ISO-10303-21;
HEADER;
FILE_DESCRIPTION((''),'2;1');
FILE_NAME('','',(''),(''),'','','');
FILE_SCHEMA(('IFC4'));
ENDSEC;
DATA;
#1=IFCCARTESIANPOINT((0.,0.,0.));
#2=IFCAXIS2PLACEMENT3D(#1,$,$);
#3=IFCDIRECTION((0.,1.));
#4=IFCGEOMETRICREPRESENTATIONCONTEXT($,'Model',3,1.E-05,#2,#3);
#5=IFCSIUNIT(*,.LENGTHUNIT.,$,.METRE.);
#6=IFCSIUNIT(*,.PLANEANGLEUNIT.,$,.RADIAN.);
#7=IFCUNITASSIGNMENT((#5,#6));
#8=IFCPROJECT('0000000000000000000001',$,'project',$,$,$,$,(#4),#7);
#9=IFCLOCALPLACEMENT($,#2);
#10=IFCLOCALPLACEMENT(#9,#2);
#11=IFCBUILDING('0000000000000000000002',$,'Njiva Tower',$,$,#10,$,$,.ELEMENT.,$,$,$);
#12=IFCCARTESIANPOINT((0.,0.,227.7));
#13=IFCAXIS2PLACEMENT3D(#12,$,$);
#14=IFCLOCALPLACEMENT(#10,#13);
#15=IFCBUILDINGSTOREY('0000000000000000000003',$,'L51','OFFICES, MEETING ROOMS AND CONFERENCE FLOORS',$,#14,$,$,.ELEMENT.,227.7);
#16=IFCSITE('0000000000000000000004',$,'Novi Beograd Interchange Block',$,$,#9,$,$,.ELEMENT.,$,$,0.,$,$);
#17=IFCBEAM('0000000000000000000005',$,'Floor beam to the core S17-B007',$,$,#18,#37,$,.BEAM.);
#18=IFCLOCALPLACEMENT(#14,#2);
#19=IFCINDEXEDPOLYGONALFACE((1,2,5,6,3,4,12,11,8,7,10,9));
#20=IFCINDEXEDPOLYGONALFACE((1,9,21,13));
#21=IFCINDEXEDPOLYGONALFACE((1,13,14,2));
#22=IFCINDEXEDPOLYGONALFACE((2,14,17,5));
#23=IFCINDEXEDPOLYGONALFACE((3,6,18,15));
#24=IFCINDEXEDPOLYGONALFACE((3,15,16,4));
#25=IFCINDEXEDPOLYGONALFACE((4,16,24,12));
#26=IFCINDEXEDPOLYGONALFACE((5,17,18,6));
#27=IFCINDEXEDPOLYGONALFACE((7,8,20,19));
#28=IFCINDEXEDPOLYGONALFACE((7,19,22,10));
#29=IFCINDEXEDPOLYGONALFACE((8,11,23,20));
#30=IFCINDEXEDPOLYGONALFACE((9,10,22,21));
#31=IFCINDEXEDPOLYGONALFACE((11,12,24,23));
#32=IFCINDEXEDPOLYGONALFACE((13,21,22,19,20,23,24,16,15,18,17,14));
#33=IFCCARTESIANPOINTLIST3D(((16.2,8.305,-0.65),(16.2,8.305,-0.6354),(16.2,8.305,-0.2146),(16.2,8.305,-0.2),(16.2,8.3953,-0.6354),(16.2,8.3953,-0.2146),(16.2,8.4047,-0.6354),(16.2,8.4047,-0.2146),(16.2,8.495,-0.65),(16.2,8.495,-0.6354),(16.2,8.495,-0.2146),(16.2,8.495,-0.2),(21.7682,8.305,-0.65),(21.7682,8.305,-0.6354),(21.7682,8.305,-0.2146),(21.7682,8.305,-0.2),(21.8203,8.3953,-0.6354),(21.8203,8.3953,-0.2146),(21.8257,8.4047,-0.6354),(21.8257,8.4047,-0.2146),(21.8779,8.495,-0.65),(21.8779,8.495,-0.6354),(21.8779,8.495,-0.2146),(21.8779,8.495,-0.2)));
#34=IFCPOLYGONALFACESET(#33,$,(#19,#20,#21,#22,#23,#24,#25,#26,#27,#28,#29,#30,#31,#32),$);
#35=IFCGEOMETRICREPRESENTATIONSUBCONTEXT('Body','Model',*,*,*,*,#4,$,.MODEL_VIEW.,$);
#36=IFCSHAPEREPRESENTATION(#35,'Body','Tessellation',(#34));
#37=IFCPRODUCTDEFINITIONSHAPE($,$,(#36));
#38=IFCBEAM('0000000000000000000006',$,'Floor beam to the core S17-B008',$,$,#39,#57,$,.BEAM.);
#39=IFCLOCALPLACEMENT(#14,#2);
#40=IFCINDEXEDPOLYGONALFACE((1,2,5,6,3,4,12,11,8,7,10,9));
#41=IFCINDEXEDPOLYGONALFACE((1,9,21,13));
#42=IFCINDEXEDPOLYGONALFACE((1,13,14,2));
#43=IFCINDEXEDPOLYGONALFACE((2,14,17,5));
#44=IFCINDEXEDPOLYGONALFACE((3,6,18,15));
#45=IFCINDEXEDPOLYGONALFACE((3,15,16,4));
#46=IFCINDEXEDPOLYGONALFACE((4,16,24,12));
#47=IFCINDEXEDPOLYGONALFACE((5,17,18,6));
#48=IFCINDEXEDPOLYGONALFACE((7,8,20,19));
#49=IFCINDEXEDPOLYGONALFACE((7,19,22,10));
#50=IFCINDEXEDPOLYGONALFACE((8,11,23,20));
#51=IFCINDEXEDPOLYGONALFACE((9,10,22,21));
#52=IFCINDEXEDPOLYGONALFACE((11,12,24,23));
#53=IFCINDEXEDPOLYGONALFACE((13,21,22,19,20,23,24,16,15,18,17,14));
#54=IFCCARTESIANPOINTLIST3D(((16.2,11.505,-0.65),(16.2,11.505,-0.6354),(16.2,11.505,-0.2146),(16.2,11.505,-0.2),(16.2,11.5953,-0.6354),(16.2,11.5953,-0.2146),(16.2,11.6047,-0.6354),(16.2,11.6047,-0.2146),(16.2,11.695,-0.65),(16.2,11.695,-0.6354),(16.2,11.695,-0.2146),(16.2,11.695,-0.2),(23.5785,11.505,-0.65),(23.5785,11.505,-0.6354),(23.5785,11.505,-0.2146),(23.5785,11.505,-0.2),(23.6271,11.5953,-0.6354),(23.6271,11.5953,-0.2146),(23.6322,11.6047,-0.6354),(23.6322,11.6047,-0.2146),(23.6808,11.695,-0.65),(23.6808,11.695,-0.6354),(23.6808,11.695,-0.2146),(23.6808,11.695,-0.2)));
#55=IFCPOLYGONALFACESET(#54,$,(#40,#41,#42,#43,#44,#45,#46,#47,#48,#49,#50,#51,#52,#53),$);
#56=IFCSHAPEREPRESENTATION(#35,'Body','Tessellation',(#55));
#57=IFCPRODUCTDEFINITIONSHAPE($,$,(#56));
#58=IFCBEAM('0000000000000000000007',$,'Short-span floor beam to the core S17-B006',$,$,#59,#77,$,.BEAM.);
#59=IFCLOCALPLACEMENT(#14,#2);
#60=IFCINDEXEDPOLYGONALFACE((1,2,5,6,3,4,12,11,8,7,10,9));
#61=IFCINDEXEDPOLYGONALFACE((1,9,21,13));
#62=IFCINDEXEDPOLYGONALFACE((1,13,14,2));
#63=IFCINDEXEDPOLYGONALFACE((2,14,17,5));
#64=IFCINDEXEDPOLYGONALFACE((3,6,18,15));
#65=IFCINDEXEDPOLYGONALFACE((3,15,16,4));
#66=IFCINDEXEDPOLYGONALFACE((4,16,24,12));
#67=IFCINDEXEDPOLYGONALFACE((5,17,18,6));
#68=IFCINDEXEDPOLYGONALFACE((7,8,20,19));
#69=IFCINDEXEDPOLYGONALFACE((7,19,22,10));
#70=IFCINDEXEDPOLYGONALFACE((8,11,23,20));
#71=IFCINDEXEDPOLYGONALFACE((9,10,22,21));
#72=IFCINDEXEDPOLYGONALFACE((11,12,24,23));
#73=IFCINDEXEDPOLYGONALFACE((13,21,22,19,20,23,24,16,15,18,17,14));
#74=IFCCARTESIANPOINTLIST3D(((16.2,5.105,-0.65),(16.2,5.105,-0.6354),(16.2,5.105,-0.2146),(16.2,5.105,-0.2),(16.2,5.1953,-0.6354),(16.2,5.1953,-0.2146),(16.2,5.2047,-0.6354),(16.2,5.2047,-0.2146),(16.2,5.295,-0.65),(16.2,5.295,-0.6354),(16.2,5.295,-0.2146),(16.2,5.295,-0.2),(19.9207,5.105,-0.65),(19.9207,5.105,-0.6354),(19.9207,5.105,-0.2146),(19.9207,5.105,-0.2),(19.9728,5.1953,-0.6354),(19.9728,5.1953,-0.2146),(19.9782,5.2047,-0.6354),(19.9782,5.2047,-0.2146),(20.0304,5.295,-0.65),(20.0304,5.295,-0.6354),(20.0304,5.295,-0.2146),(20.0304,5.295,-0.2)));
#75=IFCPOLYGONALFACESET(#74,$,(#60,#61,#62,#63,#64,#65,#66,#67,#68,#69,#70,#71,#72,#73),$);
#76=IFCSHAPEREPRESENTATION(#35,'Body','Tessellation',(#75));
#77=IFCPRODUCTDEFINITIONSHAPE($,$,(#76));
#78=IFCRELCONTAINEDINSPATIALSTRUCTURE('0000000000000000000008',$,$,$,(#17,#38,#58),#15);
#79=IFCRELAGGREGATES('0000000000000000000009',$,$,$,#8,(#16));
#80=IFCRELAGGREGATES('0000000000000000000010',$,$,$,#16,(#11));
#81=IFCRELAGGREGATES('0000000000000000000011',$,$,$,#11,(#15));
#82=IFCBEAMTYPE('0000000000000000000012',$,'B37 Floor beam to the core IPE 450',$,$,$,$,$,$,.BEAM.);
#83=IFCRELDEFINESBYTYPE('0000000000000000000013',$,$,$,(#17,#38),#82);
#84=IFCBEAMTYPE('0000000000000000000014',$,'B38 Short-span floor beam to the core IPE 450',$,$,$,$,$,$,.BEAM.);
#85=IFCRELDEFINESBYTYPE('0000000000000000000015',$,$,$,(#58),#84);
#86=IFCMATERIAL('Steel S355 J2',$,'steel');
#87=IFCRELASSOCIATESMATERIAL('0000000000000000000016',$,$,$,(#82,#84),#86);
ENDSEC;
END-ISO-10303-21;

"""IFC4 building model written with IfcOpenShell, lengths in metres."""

from ifc_helpers import new_model, si_unit, direction, frame, origin, origin_2d, place, context, subcontext, project, spatial, i_section, extrude, clip, halfspace, material, material_profile, profile_set, type_object, element, save


model = new_model("IFC4")

# Units and contexts
model_context = context("Model", 3, precision=1e-05, world=origin(), true_north=direction((0.0, 1.0)))
body_context = subcontext(model_context, "Body", "Model", "MODEL_VIEW")
ifc_project = project(units=[si_unit("LENGTHUNIT", "METRE"), si_unit("PLANEANGLEUNIT", "RADIAN")], contexts=[model_context])

# Site, building, storey
site_placement = place(None, origin())
site = spatial("IfcSite", under=ifc_project, at=site_placement, Name="Novi Beograd Interchange Block", CompositionType="ELEMENT", RefElevation=0.0)
building_placement = place(site_placement, origin())
building = spatial("IfcBuilding", under=site, at=building_placement, Name="Njiva Tower", CompositionType="ELEMENT")
storey_placement = place(building_placement, frame((0.0, 0.0, 227.7)))
storey = spatial("IfcBuildingStorey", under=building, at=storey_placement, Name="L51", Description="OFFICES, MEETING ROOMS AND CONFERENCE FLOORS", CompositionType="ELEMENT", Elevation=227.7)

# Shared definitions
ifc_material_1 = material(Name="Steel S355 J2", Category="steel")

# Beams
ifc_material_profile_1 = material_profile(ifc_material_1, i_section(OverallWidth=0.19, OverallDepth=0.45, WebThickness=0.0094, FlangeThickness=0.0146, at=origin_2d()), Name="IPE 450")
ifc_profile_set_1 = profile_set([ifc_material_profile_1], Name="Steel S355 J2")
beam_type_1 = type_object("IfcBeamType", Name="B37 Floor beam to the core IPE 450", PredefinedType="BEAM", material=ifc_profile_set_1)
beam_1_placement = place(storey_placement, frame((16.2, 8.4, -0.425), z_axis=(1.0, 0.0, 0.0), x_axis=(0.0, 1.0, 0.0)))
element("IfcBeam", 1, at=beam_1_placement, inside=storey, type_object=beam_type_1, Name="Floor beam to the core S17-B007", PredefinedType="BEAM", context=body_context, shape_type="Clipping", body=[
    clip(extrude(i_section(OverallWidth=0.19, OverallDepth=0.45, WebThickness=0.0094, FlangeThickness=0.0146, at=origin_2d()), origin(), (0.0, 0.0, 1.0), 5.698), halfspace(frame((-0.025, 0.0, 5.6086), z_axis=(-0.499998, 0.0, 0.866027), x_axis=(0.0, 1.0, 0.0)), False)),
])
beam_2_placement = place(storey_placement, frame((16.2, 11.6, -0.425), z_axis=(1.0, 0.0, 0.0), x_axis=(0.0, 1.0, 0.0)))
element("IfcBeam", 2, at=beam_2_placement, inside=storey, type_object=beam_type_1, Name="Floor beam to the core S17-B008", PredefinedType="BEAM", context=body_context, shape_type="Clipping", body=[
    clip(extrude(i_section(OverallWidth=0.19, OverallDepth=0.45, WebThickness=0.0094, FlangeThickness=0.0146, at=origin_2d()), origin(), (0.0, 0.0, 1.0), 7.501), halfspace(frame((-0.0237, 0.0, 7.4169), z_axis=(-0.473762, 0.0, 0.880653), x_axis=(0.0, 1.0, 0.0)), False)),
])
ifc_material_profile_2 = material_profile(ifc_material_1, i_section(OverallWidth=0.19, OverallDepth=0.45, WebThickness=0.0094, FlangeThickness=0.0146, at=origin_2d()), Name="IPE 450")
ifc_profile_set_2 = profile_set([ifc_material_profile_2], Name="Steel S355 J2")
beam_type_2 = type_object("IfcBeamType", Name="B38 Short-span floor beam to the core IPE 450", PredefinedType="BEAM", material=ifc_profile_set_2)
beam_3_placement = place(storey_placement, frame((16.2, 5.2, -0.425), z_axis=(1.0, 0.0, 0.0), x_axis=(0.0, 1.0, 0.0)))
element("IfcBeam", 3, at=beam_3_placement, inside=storey, type_object=beam_type_2, Name="Short-span floor beam to the core S17-B006", PredefinedType="BEAM", context=body_context, shape_type="Clipping", body=[
    clip(extrude(i_section(OverallWidth=0.19, OverallDepth=0.45, WebThickness=0.0094, FlangeThickness=0.0146, at=origin_2d()), origin(), (0.0, 0.0, 1.0), 3.851), halfspace(frame((-0.025, 0.0, 3.7611), z_axis=(-0.499998, 0.0, 0.866027), x_axis=(0.0, 1.0, 0.0)), False)),
])

save(model, "model.ifc")
